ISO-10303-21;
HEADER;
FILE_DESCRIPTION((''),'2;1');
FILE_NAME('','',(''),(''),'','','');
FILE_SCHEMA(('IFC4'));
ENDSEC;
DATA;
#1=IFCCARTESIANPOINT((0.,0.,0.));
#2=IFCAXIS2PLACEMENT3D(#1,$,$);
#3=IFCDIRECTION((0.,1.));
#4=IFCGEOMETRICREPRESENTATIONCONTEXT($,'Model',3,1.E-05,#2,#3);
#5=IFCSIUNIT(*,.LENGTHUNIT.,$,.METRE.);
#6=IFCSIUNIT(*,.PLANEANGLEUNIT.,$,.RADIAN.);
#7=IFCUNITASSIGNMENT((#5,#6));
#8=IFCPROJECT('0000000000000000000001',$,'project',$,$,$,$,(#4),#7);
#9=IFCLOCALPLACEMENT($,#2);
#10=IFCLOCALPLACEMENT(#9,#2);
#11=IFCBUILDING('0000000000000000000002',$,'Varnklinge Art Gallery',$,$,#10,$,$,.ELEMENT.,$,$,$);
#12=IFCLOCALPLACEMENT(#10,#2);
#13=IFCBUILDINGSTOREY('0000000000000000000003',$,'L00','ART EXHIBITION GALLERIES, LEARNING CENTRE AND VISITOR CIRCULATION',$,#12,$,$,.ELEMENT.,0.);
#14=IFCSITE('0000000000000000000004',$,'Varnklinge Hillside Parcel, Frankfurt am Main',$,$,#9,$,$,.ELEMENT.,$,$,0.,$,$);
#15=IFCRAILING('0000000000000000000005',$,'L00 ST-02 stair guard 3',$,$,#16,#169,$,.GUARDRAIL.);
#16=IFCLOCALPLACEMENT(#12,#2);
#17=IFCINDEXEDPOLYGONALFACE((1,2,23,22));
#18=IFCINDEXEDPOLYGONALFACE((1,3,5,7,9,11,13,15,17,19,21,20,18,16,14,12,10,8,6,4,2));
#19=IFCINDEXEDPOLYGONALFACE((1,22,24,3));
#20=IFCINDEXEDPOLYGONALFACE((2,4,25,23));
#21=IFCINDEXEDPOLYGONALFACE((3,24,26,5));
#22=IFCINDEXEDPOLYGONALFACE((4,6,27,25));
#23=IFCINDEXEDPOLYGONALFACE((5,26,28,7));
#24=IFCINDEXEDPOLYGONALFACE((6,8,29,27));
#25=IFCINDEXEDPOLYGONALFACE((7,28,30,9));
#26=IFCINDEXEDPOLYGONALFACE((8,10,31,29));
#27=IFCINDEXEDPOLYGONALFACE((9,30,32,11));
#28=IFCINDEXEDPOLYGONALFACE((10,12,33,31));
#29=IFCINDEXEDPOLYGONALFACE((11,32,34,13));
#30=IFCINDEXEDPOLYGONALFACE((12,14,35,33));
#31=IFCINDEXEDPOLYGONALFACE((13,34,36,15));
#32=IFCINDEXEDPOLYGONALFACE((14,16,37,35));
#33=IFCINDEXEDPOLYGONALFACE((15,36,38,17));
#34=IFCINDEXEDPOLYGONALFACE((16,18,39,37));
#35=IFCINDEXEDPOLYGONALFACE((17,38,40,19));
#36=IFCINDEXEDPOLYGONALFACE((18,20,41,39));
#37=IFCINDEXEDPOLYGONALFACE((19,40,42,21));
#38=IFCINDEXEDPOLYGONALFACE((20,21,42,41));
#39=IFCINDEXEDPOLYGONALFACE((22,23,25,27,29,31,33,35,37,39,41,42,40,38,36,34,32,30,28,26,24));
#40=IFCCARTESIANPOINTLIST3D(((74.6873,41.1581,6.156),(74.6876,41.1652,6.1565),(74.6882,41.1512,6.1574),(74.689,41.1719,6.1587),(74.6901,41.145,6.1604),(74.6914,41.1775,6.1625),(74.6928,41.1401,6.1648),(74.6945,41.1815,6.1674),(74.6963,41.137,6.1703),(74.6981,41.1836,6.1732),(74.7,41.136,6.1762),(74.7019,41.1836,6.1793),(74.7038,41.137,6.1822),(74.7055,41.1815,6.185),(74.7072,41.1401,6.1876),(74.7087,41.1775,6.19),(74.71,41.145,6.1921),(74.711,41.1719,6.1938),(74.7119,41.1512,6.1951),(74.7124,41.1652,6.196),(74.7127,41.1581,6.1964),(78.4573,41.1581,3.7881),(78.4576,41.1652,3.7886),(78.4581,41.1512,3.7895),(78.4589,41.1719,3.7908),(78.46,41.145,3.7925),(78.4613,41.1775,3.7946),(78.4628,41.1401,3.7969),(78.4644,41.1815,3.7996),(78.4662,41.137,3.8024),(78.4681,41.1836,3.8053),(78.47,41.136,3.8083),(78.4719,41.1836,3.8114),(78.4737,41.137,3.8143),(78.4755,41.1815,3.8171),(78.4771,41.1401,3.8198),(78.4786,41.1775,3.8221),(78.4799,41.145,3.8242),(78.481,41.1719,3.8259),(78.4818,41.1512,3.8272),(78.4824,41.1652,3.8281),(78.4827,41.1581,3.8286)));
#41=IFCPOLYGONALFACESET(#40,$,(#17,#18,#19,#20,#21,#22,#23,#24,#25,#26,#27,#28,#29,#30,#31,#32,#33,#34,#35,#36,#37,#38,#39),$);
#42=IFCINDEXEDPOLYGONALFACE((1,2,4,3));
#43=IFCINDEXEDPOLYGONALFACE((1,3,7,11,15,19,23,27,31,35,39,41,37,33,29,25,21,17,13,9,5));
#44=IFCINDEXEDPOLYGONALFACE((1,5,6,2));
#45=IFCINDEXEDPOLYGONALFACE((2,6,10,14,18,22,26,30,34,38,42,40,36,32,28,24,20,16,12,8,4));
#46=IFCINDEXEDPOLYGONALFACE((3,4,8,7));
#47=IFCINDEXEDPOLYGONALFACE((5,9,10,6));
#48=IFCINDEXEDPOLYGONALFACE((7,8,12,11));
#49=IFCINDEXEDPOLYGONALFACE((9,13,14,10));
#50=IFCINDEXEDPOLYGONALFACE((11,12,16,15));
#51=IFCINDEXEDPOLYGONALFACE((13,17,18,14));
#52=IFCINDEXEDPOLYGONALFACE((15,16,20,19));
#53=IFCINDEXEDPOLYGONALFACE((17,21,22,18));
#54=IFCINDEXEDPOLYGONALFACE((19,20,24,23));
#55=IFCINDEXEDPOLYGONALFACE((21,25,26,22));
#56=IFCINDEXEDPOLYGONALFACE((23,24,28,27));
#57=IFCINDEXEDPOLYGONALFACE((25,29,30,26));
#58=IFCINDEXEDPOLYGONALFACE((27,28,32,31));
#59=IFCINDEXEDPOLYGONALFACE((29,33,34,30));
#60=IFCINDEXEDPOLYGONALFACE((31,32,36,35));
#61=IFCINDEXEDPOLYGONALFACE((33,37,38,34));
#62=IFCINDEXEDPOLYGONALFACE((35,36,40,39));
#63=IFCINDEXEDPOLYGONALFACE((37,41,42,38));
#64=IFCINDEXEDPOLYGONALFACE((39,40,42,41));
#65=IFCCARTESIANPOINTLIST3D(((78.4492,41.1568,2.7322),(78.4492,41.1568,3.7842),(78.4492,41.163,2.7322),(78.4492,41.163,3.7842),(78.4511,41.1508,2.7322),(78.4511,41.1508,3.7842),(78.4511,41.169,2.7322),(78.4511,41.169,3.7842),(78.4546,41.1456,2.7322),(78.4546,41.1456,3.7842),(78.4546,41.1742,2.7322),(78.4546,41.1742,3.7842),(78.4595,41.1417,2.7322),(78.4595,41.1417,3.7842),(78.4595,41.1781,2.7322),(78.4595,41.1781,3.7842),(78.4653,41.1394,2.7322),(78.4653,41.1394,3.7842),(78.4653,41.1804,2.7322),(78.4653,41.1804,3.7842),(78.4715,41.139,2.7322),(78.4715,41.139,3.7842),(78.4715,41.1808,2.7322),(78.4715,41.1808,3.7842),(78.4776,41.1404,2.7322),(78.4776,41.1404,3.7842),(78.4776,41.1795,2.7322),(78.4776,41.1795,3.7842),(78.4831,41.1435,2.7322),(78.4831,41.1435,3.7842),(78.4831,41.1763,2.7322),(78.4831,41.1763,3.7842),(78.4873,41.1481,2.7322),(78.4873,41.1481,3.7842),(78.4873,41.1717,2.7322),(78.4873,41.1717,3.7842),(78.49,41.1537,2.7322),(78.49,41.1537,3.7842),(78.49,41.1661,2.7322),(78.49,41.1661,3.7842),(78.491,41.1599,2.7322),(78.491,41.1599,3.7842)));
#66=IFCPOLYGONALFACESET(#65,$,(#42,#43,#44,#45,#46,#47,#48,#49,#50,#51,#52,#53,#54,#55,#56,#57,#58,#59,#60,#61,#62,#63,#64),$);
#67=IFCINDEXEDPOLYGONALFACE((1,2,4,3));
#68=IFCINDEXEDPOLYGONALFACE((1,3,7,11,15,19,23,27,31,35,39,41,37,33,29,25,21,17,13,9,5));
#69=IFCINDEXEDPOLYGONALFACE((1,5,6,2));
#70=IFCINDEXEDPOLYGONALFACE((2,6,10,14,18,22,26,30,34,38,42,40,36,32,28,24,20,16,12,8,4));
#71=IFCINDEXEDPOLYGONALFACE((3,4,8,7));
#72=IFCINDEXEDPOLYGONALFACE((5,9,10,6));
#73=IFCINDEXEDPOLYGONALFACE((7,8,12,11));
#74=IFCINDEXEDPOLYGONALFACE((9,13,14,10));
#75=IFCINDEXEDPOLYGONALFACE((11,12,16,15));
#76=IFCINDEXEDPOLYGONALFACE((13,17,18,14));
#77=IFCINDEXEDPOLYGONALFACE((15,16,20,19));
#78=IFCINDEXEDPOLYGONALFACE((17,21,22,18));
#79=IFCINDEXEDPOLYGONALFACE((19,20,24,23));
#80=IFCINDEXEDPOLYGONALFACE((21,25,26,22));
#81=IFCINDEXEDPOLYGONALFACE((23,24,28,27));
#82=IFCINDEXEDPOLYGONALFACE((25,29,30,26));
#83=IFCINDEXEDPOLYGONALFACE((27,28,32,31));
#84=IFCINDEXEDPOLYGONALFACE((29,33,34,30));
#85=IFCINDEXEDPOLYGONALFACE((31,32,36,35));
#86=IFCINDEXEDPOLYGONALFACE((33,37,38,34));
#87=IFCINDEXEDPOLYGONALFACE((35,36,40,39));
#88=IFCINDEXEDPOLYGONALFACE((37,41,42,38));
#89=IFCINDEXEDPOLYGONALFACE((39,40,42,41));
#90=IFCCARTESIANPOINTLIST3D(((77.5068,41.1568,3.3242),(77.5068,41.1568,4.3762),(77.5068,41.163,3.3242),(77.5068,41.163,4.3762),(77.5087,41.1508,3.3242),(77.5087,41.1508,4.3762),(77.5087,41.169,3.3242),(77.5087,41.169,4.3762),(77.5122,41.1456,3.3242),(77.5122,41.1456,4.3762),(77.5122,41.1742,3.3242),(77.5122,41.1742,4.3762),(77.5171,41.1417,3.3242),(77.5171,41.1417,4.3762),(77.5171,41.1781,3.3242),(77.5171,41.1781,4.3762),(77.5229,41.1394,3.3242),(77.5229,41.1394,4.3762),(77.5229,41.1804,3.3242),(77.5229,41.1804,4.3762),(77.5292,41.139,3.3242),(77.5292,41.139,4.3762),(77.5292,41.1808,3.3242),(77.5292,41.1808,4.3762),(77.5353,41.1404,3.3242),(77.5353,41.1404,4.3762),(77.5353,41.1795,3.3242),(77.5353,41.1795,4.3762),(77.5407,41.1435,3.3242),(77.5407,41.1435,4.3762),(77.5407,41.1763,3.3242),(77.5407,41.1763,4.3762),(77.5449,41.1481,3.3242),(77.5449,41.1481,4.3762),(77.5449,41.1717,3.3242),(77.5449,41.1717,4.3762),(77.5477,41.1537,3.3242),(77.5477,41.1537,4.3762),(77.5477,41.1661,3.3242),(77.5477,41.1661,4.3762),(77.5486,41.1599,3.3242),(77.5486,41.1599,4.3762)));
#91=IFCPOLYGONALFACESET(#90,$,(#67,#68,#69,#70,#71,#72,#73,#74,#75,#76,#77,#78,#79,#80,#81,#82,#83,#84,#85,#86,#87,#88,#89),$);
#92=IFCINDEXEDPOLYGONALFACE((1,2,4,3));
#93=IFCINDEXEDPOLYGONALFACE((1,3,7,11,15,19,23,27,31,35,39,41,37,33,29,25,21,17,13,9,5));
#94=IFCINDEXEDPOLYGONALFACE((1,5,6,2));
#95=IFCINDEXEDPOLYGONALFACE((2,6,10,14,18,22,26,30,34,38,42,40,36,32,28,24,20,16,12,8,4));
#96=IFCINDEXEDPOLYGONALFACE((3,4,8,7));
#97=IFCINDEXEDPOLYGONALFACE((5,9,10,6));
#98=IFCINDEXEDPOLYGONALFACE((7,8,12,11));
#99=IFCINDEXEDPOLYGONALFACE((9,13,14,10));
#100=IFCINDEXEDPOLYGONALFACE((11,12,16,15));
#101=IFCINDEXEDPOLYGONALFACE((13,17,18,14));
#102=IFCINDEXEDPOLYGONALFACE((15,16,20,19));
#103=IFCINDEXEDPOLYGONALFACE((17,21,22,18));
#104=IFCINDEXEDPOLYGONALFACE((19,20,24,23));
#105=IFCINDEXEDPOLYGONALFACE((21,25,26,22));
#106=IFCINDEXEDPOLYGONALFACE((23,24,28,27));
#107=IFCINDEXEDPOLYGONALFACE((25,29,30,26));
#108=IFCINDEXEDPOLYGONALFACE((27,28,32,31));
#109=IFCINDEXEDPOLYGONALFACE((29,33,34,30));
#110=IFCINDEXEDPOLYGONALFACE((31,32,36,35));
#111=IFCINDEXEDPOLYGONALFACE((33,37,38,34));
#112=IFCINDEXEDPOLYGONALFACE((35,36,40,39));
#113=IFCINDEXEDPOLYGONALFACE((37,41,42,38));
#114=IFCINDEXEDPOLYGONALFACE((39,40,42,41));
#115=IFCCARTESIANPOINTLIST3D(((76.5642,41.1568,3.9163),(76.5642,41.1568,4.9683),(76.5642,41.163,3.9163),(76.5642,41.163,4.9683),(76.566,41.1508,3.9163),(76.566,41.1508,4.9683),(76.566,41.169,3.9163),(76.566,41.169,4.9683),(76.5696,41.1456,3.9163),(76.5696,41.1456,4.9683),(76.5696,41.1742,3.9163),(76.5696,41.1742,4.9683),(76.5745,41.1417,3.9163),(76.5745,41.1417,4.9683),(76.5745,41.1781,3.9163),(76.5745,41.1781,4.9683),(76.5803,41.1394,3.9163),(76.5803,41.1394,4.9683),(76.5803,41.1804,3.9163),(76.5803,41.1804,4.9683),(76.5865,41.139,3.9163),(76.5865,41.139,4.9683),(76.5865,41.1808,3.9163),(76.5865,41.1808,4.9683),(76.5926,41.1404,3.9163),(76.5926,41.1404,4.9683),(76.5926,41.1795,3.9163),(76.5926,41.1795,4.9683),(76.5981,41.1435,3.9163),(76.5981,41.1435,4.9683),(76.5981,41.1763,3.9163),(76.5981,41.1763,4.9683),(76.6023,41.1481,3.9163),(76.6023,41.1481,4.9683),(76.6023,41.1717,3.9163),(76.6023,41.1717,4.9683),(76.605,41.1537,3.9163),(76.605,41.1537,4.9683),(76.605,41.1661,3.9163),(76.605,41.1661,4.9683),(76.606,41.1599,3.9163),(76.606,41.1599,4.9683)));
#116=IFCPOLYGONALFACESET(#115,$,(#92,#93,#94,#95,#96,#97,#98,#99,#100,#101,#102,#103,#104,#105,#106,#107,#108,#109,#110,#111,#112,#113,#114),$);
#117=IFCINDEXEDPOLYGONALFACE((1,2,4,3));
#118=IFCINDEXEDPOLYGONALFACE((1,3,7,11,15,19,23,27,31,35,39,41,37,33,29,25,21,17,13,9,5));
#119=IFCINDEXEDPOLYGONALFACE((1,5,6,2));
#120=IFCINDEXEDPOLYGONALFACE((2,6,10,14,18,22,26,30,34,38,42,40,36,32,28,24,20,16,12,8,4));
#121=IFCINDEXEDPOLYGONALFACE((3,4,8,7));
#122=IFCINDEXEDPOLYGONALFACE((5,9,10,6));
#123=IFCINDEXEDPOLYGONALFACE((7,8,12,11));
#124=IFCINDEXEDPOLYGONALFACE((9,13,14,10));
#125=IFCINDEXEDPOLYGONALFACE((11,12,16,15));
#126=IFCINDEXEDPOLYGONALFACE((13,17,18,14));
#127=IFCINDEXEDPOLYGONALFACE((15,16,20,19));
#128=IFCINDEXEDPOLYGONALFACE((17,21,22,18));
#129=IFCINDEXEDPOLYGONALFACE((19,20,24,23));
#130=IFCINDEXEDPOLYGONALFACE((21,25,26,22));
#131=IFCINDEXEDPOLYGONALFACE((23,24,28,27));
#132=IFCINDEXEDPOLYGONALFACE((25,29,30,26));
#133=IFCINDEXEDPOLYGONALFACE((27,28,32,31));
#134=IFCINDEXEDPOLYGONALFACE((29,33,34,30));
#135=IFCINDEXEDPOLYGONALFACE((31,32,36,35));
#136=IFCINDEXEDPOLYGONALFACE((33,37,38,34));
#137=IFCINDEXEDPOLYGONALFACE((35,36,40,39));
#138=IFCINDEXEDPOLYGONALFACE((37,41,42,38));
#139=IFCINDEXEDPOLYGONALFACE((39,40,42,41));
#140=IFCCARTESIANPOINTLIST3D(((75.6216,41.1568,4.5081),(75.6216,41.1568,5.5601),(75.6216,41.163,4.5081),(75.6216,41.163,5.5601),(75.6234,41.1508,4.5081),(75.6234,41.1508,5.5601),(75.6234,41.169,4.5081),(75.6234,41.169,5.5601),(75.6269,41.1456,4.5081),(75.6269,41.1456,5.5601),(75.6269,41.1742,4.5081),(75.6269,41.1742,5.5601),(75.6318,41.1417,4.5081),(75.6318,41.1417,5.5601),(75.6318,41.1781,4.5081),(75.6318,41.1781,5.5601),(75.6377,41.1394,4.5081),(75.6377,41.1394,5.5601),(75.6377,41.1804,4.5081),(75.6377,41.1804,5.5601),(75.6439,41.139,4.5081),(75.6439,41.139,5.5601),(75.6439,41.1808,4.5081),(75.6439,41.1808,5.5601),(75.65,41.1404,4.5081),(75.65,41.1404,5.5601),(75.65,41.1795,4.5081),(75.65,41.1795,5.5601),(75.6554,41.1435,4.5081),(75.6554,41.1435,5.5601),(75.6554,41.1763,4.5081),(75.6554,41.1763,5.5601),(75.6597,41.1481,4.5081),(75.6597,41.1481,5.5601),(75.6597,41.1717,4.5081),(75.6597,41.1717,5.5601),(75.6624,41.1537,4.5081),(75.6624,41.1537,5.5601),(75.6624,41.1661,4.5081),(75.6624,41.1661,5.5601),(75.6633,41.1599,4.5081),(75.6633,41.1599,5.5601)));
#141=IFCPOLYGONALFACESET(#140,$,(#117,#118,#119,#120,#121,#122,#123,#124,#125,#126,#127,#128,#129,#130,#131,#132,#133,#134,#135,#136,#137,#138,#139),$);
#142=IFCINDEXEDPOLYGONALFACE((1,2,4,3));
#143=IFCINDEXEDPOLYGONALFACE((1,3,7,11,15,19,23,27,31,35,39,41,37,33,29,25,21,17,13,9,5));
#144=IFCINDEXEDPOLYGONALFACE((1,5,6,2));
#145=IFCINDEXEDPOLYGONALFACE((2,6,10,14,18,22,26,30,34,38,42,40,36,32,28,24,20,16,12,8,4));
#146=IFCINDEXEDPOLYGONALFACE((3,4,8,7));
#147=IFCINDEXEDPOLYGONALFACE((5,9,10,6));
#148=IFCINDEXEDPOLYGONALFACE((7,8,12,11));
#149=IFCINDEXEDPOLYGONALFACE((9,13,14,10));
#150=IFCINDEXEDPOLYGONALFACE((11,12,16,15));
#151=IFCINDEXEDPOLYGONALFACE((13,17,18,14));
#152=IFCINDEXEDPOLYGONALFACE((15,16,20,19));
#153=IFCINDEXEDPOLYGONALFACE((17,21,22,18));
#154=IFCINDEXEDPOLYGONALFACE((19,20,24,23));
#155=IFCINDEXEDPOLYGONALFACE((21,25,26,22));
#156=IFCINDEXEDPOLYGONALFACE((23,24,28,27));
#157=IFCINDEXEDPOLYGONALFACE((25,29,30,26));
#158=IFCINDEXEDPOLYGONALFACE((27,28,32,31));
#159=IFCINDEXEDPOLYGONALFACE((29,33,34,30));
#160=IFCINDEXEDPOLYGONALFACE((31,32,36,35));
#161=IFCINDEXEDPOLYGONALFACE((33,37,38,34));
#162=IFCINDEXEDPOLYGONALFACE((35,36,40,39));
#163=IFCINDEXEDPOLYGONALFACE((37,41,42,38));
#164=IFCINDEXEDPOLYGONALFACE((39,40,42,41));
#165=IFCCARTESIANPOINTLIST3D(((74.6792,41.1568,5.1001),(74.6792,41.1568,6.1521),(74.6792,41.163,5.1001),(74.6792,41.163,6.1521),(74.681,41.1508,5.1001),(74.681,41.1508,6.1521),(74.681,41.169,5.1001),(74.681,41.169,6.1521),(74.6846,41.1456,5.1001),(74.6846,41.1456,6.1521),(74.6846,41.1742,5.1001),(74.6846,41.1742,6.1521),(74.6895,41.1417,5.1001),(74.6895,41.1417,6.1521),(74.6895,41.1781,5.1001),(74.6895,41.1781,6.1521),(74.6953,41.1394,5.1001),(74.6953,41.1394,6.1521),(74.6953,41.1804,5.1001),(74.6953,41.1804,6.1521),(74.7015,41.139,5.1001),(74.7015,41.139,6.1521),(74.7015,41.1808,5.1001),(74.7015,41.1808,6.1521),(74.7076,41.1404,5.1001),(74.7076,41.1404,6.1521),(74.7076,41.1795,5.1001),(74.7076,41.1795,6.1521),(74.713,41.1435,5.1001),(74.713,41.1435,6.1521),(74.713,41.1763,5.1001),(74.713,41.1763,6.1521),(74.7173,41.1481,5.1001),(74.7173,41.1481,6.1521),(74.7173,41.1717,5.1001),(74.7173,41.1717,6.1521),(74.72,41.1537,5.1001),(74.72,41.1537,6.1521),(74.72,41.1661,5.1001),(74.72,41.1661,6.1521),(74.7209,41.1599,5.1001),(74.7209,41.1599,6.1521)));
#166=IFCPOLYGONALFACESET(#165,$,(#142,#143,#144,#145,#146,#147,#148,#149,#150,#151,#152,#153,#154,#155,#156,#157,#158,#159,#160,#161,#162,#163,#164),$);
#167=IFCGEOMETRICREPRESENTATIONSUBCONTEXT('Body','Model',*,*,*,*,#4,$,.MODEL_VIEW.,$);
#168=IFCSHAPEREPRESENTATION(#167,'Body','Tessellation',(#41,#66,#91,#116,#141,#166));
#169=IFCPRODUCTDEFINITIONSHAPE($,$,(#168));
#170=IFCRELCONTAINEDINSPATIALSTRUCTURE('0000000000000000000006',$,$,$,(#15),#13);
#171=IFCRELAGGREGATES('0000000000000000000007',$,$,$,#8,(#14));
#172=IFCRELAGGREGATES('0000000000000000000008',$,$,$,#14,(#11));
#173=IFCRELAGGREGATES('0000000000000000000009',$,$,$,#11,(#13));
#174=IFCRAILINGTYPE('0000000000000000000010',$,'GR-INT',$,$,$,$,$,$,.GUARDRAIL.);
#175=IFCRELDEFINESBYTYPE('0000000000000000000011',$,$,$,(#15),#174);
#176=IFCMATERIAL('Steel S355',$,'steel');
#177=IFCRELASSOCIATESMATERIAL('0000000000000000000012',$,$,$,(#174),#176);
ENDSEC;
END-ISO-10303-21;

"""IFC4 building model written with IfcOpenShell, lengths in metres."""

from ifc_helpers import new_model, si_unit, direction, frame, origin, origin_2d, place, context, subcontext, project, spatial, circle, extrude, material, type_object, element, save


model = new_model("IFC4")

# Units and contexts
model_context = context("Model", 3, precision=1e-05, world=origin(), true_north=direction((0.0, 1.0)))
body_context = subcontext(model_context, "Body", "Model", "MODEL_VIEW")
ifc_project = project(units=[si_unit("LENGTHUNIT", "METRE"), si_unit("PLANEANGLEUNIT", "RADIAN")], contexts=[model_context])

# Site, building, storey
site_placement = place(None, origin())
site = spatial("IfcSite", under=ifc_project, at=site_placement, Name="Varnklinge Hillside Parcel, Frankfurt am Main", CompositionType="ELEMENT", RefElevation=0.0)
building_placement = place(site_placement, origin())
building = spatial("IfcBuilding", under=site, at=building_placement, Name="Varnklinge Art Gallery", CompositionType="ELEMENT")
storey_placement = place(building_placement, origin())
storey = spatial("IfcBuildingStorey", under=building, at=storey_placement, Name="L00", Description="ART EXHIBITION GALLERIES, LEARNING CENTRE AND VISITOR CIRCULATION", CompositionType="ELEMENT", Elevation=0.0)

# Railing
ifc_material_1 = material(Name="Steel S355", Category="steel")
railing_type_1 = type_object("IfcRailingType", Name="GR-INT", PredefinedType="GUARDRAIL", material=ifc_material_1)
railing_1_placement = place(storey_placement, frame((78.47, 41.1599, 2.7322)))
element("IfcRailing", 1, at=railing_1_placement, inside=storey, type_object=railing_type_1, Name="L00 ST-02 stair guard 3", PredefinedType="GUARDRAIL", context=body_context, shape_type="SweptSolid", body=[
    extrude(circle(Radius=0.0239, at=origin_2d()), frame((0.0, 0.0, 1.0762), z_axis=(-0.846819, 0.0, 0.531881), x_axis=(0.0, -1.0, 0.0)), (0.0, 0.0, 1.0), 4.4519),
    extrude(circle(Radius=0.021, at=origin_2d()), origin(), (0.0, 0.0, 1.0), 1.052),
    extrude(circle(Radius=0.021, at=origin_2d()), frame((-0.9424, 0.0, 0.592)), (0.0, 0.0, 1.0), 1.052),
    extrude(circle(Radius=0.021, at=origin_2d()), frame((-1.885, 0.0, 1.1841)), (0.0, 0.0, 1.0), 1.052),
    extrude(circle(Radius=0.021, at=origin_2d()), frame((-2.8276, 0.0, 1.7759)), (0.0, 0.0, 1.0), 1.052),
    extrude(circle(Radius=0.021, at=origin_2d()), frame((-3.77, 0.0, 2.3679)), (0.0, 0.0, 1.0), 1.052),
])

save(model, "model.ifc")
